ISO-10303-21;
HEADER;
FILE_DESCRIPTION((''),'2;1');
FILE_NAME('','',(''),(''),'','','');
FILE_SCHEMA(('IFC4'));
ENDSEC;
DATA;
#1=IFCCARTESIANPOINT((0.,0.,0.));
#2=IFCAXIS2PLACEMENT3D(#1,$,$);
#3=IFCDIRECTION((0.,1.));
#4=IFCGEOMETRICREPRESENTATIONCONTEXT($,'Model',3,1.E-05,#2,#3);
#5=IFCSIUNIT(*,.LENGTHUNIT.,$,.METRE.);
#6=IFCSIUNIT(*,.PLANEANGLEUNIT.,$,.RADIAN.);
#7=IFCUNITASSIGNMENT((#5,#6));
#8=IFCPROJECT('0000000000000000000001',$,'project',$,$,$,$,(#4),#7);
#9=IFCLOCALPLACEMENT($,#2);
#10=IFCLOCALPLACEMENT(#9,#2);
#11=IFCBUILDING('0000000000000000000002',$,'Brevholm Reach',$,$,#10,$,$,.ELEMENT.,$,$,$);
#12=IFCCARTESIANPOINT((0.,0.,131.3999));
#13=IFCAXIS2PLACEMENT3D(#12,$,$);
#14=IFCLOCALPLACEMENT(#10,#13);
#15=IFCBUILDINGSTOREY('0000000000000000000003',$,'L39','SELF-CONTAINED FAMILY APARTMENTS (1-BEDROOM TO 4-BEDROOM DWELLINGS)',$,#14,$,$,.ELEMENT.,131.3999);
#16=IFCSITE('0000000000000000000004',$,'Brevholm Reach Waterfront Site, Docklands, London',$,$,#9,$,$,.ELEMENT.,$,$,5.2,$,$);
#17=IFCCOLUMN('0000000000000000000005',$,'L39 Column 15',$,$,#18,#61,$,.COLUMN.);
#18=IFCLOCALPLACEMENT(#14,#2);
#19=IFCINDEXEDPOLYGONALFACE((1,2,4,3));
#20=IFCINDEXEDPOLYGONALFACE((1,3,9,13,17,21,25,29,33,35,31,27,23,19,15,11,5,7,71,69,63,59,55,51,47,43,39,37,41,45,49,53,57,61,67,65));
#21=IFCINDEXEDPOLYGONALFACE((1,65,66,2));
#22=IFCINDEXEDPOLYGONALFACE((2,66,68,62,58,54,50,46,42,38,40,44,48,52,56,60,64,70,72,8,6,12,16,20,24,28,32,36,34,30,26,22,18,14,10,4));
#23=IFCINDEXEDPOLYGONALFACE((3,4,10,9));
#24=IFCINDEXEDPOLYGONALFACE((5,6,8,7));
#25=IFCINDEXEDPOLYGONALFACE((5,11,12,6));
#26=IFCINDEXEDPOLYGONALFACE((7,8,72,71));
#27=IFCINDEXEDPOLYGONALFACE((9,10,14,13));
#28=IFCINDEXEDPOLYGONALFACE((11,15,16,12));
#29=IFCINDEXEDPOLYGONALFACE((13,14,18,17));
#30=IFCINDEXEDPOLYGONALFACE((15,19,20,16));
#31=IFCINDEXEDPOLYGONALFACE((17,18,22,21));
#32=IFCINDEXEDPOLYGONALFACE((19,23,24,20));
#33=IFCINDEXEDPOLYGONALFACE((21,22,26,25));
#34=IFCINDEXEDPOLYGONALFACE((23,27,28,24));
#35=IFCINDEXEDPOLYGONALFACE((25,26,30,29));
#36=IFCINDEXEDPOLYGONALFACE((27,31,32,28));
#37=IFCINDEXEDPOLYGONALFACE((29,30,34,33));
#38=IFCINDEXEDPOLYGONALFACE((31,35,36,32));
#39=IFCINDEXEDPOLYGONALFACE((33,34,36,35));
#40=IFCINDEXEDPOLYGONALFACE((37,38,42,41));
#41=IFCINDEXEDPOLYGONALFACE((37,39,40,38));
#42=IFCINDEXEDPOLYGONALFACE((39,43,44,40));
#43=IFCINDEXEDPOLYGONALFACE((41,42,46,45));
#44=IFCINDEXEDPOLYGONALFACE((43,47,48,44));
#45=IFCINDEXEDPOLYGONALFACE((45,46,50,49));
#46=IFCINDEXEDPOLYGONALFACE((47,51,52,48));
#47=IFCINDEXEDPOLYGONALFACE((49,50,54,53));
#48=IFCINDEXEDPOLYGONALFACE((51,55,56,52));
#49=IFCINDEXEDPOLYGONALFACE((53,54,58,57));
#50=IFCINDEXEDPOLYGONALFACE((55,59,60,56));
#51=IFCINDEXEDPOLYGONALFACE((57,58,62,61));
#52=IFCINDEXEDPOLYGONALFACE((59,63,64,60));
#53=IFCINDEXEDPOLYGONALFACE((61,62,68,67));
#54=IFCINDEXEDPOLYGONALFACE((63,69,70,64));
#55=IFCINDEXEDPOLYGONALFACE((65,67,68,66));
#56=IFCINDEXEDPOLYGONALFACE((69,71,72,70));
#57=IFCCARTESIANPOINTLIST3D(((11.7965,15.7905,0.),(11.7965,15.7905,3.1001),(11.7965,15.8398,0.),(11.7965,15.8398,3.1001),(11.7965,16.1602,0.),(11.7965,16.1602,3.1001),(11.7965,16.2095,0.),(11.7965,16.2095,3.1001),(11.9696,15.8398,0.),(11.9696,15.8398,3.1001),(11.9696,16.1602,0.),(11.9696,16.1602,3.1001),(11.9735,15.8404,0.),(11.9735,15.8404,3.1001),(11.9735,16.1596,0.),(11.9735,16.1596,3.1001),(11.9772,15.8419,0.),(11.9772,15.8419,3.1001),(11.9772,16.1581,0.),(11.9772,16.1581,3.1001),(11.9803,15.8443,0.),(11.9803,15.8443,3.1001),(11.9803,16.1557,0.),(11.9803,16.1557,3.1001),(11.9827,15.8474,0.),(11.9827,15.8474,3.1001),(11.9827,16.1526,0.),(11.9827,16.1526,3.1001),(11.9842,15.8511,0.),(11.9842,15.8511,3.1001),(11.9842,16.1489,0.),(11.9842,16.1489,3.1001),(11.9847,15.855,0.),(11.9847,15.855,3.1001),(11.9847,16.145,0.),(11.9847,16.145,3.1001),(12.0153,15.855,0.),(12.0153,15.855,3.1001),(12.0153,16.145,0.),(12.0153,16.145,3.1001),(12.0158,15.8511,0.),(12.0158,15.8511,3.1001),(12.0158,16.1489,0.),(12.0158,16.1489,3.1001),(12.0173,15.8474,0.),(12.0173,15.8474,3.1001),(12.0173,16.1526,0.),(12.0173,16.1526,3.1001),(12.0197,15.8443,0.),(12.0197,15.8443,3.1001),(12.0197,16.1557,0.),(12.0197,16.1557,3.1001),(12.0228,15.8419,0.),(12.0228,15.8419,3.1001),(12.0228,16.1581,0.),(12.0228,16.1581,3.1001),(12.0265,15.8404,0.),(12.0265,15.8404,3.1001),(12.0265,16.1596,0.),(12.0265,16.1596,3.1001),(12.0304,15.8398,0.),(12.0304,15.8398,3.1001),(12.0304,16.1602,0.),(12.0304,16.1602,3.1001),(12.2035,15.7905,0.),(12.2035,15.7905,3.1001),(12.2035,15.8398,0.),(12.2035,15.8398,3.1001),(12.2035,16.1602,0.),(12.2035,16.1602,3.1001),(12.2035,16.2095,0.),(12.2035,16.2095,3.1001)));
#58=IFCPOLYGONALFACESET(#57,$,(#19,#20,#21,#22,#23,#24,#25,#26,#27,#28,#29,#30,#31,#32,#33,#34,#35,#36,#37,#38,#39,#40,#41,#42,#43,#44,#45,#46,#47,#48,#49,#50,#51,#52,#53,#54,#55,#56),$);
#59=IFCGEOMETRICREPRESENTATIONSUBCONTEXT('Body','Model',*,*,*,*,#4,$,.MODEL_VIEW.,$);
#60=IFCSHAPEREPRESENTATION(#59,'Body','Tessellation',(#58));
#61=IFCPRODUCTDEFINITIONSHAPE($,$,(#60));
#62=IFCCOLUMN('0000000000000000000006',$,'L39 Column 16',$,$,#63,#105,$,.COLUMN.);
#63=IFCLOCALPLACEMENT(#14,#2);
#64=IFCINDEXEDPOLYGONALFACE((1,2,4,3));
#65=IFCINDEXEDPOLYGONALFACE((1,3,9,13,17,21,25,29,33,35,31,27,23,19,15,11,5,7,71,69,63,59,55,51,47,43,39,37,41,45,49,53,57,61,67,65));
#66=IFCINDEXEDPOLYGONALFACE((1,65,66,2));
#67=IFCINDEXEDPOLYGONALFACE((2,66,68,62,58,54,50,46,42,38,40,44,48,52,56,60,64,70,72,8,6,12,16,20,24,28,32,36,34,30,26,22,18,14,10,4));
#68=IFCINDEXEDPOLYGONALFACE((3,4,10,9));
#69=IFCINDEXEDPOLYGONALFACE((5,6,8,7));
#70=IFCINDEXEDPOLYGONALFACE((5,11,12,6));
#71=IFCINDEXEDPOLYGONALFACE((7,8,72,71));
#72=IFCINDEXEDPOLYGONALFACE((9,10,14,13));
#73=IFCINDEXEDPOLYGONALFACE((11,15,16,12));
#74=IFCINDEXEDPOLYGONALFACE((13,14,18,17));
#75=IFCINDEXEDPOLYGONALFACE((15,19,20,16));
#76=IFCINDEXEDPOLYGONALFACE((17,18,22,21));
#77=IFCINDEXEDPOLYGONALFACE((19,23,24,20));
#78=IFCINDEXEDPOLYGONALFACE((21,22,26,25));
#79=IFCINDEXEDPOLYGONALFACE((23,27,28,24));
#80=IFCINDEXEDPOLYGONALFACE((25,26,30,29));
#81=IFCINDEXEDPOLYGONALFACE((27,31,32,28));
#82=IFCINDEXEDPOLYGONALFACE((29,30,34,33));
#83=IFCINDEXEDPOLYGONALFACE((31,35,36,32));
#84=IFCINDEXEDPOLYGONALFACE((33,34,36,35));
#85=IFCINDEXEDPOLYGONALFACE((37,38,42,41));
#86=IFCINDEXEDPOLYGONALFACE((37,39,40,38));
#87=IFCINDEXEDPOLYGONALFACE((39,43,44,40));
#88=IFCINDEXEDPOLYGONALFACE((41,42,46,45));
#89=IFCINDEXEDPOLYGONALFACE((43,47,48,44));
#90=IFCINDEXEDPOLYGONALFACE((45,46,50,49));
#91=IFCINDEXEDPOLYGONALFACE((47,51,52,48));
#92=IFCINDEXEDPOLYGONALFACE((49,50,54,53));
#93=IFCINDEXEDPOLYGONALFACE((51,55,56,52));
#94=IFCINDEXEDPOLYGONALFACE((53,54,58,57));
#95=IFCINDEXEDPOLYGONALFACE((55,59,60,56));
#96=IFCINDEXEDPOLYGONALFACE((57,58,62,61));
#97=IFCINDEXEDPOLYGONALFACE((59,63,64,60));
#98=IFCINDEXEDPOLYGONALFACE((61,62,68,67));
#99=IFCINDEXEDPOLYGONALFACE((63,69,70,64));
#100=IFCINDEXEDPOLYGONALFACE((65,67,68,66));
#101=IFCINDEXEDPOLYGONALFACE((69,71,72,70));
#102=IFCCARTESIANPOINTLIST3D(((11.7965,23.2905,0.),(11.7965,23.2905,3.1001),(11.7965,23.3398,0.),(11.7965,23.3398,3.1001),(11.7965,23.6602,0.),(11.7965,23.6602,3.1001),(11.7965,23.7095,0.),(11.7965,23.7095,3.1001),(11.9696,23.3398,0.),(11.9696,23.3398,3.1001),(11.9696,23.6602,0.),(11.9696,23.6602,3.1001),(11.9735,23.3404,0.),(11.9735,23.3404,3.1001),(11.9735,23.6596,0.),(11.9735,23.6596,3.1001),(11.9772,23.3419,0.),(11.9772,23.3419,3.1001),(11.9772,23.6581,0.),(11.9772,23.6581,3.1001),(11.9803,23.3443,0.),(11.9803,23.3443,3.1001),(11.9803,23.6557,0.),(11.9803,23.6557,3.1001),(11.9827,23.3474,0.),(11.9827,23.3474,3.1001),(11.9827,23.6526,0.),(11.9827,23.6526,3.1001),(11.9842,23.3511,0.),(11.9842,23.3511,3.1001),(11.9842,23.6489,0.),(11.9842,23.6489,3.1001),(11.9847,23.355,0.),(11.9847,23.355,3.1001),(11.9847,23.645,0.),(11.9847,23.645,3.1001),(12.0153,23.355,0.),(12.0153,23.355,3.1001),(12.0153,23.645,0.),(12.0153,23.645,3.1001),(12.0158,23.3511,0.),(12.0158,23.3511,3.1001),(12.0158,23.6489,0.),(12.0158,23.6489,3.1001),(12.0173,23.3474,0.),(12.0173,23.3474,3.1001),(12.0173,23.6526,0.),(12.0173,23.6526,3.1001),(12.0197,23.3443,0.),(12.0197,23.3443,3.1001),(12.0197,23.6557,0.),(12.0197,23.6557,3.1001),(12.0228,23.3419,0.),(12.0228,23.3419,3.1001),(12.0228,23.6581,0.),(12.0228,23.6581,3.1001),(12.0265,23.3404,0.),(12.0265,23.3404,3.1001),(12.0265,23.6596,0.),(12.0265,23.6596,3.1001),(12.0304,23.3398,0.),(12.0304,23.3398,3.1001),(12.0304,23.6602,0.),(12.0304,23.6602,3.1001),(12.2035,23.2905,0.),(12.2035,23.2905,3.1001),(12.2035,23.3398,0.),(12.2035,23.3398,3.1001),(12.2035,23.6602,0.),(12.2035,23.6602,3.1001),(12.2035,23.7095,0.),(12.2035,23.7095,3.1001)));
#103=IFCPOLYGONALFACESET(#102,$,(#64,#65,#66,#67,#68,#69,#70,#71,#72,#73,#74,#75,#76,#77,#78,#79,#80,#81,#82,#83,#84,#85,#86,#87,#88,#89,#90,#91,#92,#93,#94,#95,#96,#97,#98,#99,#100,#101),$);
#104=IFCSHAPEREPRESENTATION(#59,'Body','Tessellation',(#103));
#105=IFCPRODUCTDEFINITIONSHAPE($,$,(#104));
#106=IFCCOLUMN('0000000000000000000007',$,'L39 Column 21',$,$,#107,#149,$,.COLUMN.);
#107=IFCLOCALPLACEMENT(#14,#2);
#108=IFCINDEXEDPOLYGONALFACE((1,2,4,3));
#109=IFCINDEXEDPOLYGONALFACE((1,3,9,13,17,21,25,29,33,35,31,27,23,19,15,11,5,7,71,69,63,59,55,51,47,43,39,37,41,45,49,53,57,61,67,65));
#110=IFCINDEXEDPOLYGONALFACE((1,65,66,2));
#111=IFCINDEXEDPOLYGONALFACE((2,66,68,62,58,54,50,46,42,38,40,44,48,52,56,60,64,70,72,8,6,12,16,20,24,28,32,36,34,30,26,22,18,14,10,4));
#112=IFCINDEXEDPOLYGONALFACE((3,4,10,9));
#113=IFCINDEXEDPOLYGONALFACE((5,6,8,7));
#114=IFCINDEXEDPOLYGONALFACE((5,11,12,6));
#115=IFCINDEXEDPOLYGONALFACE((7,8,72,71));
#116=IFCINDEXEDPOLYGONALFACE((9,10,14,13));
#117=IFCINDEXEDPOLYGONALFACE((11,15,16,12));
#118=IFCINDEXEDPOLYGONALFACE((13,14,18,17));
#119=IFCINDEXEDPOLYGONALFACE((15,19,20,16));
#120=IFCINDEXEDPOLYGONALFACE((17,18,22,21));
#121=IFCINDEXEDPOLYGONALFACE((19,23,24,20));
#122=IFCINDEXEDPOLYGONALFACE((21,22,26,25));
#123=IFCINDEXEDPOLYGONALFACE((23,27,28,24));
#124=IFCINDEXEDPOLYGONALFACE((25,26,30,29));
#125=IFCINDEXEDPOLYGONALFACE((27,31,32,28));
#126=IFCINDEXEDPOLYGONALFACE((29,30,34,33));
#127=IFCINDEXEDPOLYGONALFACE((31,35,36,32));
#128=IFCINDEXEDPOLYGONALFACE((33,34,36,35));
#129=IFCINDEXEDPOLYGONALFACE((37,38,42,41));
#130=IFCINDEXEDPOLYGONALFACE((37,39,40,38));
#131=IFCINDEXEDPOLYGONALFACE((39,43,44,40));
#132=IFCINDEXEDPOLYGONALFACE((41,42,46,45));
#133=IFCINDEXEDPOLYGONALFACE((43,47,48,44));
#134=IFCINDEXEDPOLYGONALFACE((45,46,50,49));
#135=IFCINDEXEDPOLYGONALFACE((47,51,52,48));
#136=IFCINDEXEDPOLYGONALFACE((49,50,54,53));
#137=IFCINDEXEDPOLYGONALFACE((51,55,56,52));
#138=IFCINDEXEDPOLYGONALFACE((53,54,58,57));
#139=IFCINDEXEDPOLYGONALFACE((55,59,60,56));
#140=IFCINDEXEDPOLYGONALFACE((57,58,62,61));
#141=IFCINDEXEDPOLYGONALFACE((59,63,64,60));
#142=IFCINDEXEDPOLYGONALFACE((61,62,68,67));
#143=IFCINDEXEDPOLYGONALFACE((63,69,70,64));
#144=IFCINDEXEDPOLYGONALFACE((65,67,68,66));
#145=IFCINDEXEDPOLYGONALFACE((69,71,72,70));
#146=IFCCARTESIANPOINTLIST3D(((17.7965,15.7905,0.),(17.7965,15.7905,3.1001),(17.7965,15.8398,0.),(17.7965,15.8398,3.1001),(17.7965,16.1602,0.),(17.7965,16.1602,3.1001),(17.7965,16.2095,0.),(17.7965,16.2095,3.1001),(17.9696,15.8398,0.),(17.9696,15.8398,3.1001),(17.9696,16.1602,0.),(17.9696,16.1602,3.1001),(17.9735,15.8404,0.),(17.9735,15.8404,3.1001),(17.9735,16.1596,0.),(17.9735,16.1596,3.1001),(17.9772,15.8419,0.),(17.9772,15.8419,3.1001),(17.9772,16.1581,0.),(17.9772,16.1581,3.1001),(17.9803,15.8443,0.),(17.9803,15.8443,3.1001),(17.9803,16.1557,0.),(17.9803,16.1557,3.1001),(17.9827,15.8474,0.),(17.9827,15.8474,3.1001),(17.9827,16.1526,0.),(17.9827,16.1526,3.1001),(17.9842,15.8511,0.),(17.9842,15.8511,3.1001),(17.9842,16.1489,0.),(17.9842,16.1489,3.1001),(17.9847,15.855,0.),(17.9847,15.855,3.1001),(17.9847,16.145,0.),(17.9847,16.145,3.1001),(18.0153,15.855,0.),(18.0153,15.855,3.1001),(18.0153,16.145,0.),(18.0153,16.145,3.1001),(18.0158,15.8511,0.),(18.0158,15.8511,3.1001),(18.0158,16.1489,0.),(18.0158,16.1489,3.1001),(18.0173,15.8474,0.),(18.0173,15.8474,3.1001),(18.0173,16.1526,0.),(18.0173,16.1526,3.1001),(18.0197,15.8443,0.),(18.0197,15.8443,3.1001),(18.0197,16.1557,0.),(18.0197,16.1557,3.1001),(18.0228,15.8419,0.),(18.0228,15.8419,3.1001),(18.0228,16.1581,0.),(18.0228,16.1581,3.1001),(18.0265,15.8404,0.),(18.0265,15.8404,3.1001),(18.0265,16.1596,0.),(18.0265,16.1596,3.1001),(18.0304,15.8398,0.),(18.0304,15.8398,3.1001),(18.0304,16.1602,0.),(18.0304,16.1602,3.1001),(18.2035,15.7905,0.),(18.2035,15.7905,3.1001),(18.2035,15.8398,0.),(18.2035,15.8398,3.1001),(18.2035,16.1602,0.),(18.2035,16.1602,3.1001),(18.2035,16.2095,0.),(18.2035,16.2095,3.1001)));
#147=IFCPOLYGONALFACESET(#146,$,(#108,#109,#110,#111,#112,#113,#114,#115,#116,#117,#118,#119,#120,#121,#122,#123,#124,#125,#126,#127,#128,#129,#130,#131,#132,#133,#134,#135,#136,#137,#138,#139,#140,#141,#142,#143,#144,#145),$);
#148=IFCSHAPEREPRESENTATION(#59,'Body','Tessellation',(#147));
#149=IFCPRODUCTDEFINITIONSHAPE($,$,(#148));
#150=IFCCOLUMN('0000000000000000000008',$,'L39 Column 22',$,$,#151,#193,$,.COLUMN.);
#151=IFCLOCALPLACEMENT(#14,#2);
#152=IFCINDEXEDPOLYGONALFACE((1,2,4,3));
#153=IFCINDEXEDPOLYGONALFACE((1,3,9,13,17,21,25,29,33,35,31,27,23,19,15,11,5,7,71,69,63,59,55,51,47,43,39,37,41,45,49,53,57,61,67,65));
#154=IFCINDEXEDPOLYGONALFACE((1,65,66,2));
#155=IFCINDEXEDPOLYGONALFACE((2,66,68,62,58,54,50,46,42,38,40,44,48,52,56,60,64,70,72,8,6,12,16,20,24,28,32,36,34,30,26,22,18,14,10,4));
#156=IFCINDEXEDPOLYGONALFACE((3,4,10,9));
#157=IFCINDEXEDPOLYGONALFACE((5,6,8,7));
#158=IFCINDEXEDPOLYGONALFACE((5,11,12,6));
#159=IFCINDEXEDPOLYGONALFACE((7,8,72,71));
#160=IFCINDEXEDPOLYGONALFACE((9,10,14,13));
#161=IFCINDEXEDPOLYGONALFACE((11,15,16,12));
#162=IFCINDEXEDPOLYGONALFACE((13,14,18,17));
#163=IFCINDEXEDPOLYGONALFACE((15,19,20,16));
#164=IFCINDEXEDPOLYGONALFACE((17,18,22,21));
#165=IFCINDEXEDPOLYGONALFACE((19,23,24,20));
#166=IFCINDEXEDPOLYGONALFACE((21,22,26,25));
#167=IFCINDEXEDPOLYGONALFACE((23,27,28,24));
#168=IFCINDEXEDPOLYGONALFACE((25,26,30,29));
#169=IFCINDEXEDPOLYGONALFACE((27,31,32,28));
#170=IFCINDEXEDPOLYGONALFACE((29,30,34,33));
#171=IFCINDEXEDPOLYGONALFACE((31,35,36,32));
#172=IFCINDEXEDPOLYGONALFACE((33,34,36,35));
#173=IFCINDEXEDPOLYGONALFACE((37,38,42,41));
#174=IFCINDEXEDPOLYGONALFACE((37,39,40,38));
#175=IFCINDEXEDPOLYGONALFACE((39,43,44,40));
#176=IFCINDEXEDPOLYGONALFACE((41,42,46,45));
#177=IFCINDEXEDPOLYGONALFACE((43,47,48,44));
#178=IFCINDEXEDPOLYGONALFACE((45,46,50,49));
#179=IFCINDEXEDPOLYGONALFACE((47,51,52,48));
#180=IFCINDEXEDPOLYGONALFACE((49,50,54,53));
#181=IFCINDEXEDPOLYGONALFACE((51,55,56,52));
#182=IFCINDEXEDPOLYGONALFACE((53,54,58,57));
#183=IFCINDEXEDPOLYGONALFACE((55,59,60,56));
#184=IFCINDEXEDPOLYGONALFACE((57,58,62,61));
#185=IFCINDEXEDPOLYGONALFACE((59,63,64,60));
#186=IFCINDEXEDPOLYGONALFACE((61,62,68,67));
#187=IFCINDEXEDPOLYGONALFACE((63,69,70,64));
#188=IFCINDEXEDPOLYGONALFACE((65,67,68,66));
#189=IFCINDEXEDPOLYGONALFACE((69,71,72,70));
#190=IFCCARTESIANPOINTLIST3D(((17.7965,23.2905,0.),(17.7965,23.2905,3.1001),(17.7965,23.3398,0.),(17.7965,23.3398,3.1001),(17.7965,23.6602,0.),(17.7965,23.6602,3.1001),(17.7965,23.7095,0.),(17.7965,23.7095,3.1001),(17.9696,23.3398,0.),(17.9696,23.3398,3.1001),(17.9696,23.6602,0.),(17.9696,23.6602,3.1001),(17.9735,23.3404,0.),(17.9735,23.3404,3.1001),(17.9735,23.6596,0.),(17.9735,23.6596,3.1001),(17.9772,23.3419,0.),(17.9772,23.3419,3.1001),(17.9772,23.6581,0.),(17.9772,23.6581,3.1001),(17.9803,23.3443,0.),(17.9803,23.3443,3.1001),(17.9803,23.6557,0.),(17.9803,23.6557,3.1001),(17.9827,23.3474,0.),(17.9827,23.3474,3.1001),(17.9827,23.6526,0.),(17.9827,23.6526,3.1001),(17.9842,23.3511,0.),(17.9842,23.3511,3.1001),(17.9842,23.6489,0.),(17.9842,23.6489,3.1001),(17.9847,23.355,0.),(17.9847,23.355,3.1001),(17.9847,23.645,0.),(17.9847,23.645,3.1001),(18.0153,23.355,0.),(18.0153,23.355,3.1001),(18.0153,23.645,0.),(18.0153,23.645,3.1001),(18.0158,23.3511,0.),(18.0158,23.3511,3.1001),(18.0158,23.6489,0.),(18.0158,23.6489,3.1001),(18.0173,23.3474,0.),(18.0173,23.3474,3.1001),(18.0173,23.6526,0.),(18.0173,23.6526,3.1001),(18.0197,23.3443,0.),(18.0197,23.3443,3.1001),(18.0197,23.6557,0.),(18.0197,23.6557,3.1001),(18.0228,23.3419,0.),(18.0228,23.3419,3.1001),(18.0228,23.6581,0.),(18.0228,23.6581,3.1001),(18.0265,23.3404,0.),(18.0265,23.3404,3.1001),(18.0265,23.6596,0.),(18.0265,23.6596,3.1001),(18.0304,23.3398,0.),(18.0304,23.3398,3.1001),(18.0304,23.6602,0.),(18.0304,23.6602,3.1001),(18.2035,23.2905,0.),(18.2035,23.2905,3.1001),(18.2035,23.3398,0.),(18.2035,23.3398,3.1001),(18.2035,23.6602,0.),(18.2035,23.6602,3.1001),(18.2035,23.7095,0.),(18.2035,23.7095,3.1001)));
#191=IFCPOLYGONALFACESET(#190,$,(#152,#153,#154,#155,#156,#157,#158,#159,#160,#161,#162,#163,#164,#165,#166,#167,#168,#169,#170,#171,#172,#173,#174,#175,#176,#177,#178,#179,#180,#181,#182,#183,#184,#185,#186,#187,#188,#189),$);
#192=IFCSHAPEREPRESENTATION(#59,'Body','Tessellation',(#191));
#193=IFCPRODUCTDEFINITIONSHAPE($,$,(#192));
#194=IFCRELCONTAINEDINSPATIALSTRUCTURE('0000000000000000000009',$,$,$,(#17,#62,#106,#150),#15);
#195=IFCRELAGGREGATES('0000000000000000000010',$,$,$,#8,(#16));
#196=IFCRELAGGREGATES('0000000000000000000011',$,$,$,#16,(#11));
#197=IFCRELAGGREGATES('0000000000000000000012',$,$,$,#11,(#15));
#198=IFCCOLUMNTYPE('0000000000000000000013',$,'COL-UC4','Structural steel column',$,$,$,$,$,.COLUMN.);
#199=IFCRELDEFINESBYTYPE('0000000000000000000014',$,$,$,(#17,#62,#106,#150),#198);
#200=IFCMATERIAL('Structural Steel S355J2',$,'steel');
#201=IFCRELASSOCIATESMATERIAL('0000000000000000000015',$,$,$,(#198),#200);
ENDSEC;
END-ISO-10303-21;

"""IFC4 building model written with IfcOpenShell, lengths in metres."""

from ifc_helpers import new_model, si_unit, direction, frame, origin, origin_2d, place, context, subcontext, project, spatial, i_section, extrude, material, material_profile, profile_set, type_object, element, save


model = new_model("IFC4")

# Units and contexts
model_context = context("Model", 3, precision=1e-05, world=origin(), true_north=direction((0.0, 1.0)))
body_context = subcontext(model_context, "Body", "Model", "MODEL_VIEW")
ifc_project = project(units=[si_unit("LENGTHUNIT", "METRE"), si_unit("PLANEANGLEUNIT", "RADIAN")], contexts=[model_context])

# Site, building, storey
site_placement = place(None, origin())
site = spatial("IfcSite", under=ifc_project, at=site_placement, Name="Brevholm Reach Waterfront Site, Docklands, London", CompositionType="ELEMENT", RefElevation=5.2)
building_placement = place(site_placement, origin())
building = spatial("IfcBuilding", under=site, at=building_placement, Name="Brevholm Reach", CompositionType="ELEMENT")
storey_placement = place(building_placement, frame((0.0, 0.0, 131.3999)))
storey = spatial("IfcBuildingStorey", under=building, at=storey_placement, Name="L39", Description="SELF-CONTAINED FAMILY APARTMENTS (1-BEDROOM TO 4-BEDROOM DWELLINGS)", CompositionType="ELEMENT", Elevation=131.3999)

# Columns
ifc_material_1 = material(Name="Structural Steel S355J2", Category="steel")
ifc_material_profile_1 = material_profile(ifc_material_1, i_section(OverallWidth=0.407, OverallDepth=0.4189, WebThickness=0.0305, FlangeThickness=0.0493, FilletRadius=0.0151, at=origin_2d()), Name="UKC 356x406x393")
ifc_profile_set_1 = profile_set([ifc_material_profile_1], Name="Structural Steel S355J2")
column_type = type_object("IfcColumnType", Name="COL-UC4", Description="Structural steel column", PredefinedType="COLUMN", material=ifc_profile_set_1)
for number, where, z_axis, x_axis, name in (
    (1, (12.0, 16.0, 0.0), (0.0, 0.0, 1.0), (1.0, 0.0, 0.0), "L39 Column 15"),
    (2, (12.0, 23.5, 0.0), (0.0, 0.0, 1.0), (1.0, 0.0, 0.0), "L39 Column 16"),
    (3, (18.0, 16.0, 0.0), (0.0, 0.0, 1.0), (1.0, 0.0, 0.0), "L39 Column 21"),
    (4, (18.0, 23.5, 0.0), (0.0, 0.0, 1.0), (1.0, 0.0, 0.0), "L39 Column 22"),
):
    element("IfcColumn", number, at=place(storey_placement, frame(where, z_axis=z_axis, x_axis=x_axis)), inside=storey, type_object=column_type, Name=name, PredefinedType="COLUMN", context=body_context, shape_type="SweptSolid", body=[
        extrude(i_section(OverallWidth=0.407, OverallDepth=0.4189, WebThickness=0.0305, FlangeThickness=0.0493, FilletRadius=0.0151, at=origin_2d()), origin(), (0.0, 0.0, 1.0), 3.1001),
    ])

save(model, "model.ifc")
